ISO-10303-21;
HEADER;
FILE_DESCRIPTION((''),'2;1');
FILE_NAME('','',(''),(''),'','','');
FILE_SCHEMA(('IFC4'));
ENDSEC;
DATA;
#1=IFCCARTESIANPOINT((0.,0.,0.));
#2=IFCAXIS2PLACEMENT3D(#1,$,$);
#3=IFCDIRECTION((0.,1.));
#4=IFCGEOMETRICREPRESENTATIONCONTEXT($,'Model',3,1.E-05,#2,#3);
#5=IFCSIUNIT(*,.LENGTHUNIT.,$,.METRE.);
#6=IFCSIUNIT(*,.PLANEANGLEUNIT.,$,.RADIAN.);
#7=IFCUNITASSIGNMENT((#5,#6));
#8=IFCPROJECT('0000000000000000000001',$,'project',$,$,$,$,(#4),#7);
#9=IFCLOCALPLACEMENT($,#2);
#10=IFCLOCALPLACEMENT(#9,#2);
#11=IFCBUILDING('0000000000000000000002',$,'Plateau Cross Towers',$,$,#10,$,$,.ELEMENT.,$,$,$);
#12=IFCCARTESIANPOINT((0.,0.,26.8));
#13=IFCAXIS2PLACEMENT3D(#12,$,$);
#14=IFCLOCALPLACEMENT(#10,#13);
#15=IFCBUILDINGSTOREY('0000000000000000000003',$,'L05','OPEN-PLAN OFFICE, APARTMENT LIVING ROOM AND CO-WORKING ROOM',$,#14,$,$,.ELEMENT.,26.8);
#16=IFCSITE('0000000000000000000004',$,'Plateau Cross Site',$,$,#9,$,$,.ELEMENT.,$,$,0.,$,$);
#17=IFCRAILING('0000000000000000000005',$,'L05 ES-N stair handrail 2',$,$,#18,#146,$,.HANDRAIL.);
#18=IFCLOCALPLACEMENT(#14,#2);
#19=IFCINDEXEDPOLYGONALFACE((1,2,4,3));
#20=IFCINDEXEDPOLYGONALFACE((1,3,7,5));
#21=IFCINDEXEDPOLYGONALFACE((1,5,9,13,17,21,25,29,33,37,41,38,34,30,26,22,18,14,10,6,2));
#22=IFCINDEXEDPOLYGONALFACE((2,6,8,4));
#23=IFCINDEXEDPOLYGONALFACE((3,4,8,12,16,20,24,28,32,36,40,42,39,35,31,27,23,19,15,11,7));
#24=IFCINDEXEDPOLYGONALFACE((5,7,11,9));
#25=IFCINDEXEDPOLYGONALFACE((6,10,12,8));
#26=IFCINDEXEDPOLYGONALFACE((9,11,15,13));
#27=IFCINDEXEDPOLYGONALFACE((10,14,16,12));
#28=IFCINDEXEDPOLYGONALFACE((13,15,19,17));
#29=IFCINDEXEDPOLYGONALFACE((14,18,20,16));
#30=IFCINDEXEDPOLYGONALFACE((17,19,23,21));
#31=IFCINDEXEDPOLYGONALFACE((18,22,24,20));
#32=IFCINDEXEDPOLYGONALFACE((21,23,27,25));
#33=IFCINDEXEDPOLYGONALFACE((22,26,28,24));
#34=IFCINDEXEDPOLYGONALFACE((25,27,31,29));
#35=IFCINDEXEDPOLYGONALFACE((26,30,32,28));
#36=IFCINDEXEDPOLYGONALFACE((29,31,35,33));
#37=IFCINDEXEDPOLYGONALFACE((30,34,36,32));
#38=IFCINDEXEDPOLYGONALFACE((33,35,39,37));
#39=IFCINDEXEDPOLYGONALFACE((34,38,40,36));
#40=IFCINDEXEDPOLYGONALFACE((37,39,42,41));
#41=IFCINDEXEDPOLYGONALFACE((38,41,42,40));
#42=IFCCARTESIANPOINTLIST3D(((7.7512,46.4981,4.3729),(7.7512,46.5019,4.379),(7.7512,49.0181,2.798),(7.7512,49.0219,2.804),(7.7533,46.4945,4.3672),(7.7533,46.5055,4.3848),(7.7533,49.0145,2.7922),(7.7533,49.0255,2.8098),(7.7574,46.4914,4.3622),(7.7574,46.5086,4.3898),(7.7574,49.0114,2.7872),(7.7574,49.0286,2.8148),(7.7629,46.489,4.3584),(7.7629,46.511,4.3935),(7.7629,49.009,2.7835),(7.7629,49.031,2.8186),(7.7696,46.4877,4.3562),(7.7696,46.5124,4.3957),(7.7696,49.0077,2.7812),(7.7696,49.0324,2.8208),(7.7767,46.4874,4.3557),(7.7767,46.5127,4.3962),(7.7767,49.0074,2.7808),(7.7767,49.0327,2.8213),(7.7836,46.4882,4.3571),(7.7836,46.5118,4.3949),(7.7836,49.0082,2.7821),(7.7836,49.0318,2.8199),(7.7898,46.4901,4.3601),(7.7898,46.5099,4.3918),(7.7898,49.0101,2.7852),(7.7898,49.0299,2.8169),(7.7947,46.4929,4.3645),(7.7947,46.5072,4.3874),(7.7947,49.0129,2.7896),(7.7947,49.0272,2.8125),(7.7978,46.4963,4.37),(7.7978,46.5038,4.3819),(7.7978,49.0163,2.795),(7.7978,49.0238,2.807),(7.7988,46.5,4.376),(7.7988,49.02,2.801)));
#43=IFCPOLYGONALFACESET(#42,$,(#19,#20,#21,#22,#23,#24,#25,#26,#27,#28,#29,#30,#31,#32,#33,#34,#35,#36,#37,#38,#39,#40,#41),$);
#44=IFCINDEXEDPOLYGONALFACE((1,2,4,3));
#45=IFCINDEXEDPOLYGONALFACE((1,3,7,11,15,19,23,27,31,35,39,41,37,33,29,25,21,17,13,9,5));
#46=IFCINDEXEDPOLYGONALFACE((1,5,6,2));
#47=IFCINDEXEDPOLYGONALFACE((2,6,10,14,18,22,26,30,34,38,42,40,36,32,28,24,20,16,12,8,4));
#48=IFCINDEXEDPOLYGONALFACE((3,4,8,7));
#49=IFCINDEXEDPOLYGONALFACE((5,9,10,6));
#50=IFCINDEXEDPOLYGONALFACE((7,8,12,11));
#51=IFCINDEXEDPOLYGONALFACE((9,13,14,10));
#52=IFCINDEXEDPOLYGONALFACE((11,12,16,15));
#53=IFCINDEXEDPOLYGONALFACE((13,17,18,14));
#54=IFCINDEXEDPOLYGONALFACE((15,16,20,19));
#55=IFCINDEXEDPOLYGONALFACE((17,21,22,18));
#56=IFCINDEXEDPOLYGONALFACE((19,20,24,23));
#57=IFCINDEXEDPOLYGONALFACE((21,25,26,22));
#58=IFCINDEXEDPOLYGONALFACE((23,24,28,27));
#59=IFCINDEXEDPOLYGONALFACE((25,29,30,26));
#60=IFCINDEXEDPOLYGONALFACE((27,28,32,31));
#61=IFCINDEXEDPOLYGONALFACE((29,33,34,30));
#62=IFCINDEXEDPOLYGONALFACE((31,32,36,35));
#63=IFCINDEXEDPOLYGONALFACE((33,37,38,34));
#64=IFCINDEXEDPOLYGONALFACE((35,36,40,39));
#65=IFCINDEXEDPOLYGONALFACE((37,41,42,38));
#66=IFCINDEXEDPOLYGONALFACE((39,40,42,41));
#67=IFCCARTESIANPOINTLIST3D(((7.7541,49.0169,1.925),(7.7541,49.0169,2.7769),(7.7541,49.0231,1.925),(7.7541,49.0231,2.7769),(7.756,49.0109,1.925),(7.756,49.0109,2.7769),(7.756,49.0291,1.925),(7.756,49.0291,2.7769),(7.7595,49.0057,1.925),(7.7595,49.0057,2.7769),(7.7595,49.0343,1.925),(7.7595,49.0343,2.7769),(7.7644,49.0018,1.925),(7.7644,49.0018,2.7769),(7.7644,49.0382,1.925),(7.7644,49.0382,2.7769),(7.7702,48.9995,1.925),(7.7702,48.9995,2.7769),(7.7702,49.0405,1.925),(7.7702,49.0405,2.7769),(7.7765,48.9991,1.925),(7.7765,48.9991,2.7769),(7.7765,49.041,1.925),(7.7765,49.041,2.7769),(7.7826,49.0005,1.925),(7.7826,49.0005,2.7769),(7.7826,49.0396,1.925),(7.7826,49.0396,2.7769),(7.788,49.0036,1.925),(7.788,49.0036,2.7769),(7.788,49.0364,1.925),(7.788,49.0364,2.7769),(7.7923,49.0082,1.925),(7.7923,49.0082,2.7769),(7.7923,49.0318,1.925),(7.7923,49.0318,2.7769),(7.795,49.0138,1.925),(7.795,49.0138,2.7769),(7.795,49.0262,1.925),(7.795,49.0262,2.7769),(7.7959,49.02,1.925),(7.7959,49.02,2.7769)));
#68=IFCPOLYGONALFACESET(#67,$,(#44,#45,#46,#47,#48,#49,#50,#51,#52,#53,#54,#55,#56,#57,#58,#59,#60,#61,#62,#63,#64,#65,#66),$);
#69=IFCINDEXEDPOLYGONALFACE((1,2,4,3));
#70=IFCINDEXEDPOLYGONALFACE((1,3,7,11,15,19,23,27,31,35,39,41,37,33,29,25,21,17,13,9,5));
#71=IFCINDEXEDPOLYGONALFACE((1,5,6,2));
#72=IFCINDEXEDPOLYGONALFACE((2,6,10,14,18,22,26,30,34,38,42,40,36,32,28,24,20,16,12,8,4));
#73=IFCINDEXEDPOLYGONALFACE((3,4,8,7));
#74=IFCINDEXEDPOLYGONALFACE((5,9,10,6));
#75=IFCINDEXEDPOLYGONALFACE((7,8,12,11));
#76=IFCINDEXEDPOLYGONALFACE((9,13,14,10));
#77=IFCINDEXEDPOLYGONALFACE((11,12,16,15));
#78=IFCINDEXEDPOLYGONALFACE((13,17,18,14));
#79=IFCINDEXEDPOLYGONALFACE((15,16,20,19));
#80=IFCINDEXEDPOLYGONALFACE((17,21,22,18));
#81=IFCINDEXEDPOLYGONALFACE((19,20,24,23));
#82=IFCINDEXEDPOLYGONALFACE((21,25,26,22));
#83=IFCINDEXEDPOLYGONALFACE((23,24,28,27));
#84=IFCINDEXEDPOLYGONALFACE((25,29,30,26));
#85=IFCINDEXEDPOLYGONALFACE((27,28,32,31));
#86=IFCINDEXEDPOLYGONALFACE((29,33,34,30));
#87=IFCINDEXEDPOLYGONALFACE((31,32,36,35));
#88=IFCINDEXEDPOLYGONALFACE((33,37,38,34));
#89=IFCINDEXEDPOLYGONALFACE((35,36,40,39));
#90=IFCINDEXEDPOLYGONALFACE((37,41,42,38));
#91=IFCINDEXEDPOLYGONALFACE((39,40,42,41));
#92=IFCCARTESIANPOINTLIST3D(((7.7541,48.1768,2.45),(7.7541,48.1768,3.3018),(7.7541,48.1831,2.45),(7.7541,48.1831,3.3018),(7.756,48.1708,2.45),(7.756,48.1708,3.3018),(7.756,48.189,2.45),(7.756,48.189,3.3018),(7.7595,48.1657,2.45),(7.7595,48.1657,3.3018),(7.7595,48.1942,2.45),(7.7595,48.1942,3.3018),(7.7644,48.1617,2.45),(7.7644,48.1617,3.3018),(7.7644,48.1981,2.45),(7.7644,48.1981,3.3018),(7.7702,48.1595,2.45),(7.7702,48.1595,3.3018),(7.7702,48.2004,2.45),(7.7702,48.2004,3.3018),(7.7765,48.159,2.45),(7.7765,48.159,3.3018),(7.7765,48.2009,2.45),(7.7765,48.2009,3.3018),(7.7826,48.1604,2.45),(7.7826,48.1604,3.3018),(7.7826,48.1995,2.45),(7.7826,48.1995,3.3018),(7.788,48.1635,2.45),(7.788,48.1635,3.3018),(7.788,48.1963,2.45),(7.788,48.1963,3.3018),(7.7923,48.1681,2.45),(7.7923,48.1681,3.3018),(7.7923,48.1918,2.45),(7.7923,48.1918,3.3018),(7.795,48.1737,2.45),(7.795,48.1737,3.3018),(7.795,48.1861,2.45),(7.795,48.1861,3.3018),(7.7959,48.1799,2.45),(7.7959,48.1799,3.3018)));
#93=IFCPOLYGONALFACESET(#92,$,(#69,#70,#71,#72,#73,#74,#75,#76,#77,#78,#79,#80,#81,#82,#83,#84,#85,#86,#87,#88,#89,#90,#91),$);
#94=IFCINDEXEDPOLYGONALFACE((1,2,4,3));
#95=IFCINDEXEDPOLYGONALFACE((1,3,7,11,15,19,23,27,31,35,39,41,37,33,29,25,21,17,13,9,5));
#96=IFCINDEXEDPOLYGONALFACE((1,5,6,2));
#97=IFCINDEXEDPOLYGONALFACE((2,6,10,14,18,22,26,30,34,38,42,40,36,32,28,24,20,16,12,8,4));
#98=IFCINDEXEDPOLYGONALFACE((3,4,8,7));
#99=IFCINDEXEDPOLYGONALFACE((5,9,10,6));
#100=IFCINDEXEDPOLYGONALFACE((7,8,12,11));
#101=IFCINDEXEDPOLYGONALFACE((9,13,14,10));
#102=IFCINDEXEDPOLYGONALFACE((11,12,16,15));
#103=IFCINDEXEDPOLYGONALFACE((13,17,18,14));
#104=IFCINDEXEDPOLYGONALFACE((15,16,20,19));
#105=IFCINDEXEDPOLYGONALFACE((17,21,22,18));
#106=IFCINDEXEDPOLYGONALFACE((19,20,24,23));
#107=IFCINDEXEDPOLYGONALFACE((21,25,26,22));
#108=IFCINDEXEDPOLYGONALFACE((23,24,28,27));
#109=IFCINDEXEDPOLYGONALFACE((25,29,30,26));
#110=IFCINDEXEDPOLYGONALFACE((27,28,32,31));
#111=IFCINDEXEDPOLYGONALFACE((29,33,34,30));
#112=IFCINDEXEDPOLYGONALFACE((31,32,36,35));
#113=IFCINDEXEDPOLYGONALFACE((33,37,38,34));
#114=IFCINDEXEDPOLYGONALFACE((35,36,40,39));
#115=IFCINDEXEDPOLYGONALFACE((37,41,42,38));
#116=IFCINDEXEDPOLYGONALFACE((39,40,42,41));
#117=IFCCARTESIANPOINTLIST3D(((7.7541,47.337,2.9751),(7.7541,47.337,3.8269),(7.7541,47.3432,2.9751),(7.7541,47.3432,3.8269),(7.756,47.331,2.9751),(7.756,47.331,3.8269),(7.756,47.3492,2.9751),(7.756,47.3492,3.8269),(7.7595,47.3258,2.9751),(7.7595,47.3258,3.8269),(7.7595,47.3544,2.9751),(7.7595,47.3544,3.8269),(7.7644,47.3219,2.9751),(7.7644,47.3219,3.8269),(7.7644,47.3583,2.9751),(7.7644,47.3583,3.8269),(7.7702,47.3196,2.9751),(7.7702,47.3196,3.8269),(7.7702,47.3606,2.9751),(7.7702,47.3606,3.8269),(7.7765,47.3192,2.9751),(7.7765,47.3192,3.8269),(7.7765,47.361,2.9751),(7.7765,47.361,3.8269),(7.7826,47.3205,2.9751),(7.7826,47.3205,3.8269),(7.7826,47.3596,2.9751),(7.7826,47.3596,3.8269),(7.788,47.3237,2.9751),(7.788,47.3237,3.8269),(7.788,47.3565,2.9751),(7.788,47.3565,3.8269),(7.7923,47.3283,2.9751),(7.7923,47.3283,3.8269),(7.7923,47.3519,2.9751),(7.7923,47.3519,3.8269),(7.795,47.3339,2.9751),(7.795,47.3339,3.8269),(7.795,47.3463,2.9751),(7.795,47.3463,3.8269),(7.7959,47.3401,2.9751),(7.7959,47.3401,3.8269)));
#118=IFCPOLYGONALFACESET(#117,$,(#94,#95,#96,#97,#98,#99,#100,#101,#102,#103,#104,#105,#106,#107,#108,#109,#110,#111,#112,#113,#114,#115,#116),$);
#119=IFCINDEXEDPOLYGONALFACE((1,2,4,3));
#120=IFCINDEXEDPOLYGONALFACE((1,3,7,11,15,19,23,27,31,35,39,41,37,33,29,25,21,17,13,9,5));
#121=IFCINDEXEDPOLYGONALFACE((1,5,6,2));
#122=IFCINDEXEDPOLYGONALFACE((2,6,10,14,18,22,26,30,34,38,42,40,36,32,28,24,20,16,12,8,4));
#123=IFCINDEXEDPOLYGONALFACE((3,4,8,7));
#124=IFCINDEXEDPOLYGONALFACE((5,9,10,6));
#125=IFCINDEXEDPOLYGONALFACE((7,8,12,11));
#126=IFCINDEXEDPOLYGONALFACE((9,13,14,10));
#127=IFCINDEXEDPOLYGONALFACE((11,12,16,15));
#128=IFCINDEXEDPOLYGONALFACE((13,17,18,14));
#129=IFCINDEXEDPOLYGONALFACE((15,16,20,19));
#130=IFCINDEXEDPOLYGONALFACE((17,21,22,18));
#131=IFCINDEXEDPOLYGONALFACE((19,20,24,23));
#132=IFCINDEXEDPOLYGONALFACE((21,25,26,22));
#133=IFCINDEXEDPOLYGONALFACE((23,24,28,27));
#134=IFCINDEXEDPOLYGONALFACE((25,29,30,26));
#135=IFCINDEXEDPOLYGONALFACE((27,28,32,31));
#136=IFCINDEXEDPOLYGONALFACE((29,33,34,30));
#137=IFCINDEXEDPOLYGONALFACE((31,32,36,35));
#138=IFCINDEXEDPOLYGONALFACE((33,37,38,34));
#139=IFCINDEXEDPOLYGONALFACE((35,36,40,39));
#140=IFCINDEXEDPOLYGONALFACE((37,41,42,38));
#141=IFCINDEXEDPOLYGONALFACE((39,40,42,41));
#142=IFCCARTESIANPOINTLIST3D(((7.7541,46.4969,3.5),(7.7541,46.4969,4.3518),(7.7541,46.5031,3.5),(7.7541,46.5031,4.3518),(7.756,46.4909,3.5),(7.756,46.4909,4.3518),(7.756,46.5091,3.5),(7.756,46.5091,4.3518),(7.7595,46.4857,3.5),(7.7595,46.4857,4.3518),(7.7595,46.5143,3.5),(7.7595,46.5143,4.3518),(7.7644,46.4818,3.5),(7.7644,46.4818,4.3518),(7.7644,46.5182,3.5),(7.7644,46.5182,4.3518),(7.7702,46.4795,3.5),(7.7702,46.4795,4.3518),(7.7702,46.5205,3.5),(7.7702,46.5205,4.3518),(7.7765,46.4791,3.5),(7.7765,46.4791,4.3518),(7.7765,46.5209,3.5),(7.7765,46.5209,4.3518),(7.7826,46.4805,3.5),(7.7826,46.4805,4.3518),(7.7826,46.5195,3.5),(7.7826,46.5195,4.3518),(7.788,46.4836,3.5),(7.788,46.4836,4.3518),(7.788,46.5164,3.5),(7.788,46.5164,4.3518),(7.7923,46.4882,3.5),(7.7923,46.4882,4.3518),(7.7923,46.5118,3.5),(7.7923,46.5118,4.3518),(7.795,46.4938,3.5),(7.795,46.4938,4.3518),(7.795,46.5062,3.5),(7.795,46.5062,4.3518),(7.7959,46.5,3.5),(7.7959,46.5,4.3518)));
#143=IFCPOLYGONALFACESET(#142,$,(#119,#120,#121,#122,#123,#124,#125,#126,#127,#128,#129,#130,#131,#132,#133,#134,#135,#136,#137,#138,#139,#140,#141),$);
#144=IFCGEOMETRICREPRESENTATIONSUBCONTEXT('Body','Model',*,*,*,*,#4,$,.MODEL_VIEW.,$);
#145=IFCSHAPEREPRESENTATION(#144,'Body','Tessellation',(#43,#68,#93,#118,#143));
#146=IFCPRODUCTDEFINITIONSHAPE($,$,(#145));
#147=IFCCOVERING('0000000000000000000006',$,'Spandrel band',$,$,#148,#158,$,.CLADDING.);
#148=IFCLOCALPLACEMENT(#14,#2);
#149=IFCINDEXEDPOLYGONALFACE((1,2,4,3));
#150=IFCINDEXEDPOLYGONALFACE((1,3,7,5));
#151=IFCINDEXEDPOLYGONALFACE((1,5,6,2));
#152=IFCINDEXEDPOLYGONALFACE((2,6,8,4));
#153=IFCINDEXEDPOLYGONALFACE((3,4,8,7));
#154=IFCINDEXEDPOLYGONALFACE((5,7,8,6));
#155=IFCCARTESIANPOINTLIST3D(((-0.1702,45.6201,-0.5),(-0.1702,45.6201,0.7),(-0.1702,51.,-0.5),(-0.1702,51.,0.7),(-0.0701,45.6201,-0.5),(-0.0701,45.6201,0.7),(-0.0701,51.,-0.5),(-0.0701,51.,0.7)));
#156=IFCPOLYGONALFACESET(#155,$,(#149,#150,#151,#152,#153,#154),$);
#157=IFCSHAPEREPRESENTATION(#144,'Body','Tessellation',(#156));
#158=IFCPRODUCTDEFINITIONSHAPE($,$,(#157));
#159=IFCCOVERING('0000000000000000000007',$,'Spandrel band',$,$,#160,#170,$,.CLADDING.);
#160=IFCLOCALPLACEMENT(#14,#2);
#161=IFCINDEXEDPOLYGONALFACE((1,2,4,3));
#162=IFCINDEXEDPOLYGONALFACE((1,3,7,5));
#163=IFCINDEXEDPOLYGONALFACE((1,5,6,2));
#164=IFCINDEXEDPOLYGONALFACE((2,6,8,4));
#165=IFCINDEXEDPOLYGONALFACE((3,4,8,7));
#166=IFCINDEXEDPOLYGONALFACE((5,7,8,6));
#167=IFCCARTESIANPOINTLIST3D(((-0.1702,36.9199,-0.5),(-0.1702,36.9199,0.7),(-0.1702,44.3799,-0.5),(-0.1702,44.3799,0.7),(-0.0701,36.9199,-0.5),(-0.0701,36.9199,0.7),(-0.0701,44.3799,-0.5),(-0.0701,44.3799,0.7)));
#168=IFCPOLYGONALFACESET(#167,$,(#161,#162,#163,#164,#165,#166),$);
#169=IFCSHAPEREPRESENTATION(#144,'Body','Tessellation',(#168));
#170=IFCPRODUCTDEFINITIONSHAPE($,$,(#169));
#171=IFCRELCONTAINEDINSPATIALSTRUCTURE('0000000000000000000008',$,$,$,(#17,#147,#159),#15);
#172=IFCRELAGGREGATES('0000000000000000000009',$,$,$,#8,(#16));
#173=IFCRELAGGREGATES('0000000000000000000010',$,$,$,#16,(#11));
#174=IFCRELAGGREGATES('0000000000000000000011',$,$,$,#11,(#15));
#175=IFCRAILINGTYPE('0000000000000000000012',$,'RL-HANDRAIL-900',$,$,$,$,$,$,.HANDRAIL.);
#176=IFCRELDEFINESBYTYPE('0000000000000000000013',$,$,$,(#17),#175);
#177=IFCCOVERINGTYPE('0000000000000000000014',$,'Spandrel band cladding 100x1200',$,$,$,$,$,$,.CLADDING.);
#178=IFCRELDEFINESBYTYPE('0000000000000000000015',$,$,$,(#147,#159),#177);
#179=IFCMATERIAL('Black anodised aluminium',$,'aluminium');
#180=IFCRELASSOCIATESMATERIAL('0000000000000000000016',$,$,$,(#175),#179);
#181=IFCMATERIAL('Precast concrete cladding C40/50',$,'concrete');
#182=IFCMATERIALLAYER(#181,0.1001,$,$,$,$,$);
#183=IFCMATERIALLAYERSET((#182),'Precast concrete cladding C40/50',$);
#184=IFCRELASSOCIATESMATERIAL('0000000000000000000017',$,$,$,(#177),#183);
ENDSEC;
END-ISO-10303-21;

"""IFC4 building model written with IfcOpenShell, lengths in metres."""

from ifc_helpers import new_model, si_unit, direction, frame, origin, origin_2d, place, context, subcontext, project, spatial, rectangle, circle, extrude, material, layer, layer_set, type_object, element, save


model = new_model("IFC4")

# Units and contexts
model_context = context("Model", 3, precision=1e-05, world=origin(), true_north=direction((0.0, 1.0)))
body_context = subcontext(model_context, "Body", "Model", "MODEL_VIEW")
ifc_project = project(units=[si_unit("LENGTHUNIT", "METRE"), si_unit("PLANEANGLEUNIT", "RADIAN")], contexts=[model_context])

# Site, building, storey
site_placement = place(None, origin())
site = spatial("IfcSite", under=ifc_project, at=site_placement, Name="Plateau Cross Site", CompositionType="ELEMENT", RefElevation=0.0)
building_placement = place(site_placement, origin())
building = spatial("IfcBuilding", under=site, at=building_placement, Name="Plateau Cross Towers", CompositionType="ELEMENT")
storey_placement = place(building_placement, frame((0.0, 0.0, 26.8)))
storey = spatial("IfcBuildingStorey", under=building, at=storey_placement, Name="L05", Description="OPEN-PLAN OFFICE, APARTMENT LIVING ROOM AND CO-WORKING ROOM", CompositionType="ELEMENT", Elevation=26.8)

# Shared definitions
ifc_material_1 = material(Name="Black anodised aluminium", Category="aluminium")

# Railing
railing_type_1 = type_object("IfcRailingType", Name="RL-HANDRAIL-900", PredefinedType="HANDRAIL", material=ifc_material_1)
railing_1_placement = place(storey_placement, frame((7.7749, 49.02, 1.925)))
element("IfcRailing", 1, at=railing_1_placement, inside=storey, type_object=railing_type_1, Name="L05 ES-N stair handrail 2", PredefinedType="HANDRAIL", context=body_context, shape_type="SweptSolid", body=[
    extrude(circle(Radius=0.0239, at=origin_2d()), frame((0.0, 0.0, 0.876), z_axis=(0.0, -0.848008, 0.529984), x_axis=(1.0, 0.0, 0.0)), (0.0, 0.0, 1.0), 2.9717),
    extrude(circle(Radius=0.021, at=origin_2d()), origin(), (0.0, 0.0, 1.0), 0.8518),
    extrude(circle(Radius=0.021, at=origin_2d()), frame((0.0, -0.8401, 0.5249)), (0.0, 0.0, 1.0), 0.8518),
    extrude(circle(Radius=0.021, at=origin_2d()), frame((0.0, -1.6799, 1.05)), (0.0, 0.0, 1.0), 0.8518),
    extrude(circle(Radius=0.021, at=origin_2d()), frame((0.0, -2.52, 1.575)), (0.0, 0.0, 1.0), 0.8518),
])

# Coverings
ifc_material_2 = material(Name="Precast concrete cladding C40/50", Category="concrete")
ifc_layer_1 = layer(ifc_material_2, 0.1001)
ifc_layer_set_1 = layer_set([ifc_layer_1], Name="Precast concrete cladding C40/50")
covering_type = type_object("IfcCoveringType", Name="Spandrel band cladding 100x1200", PredefinedType="CLADDING", material=ifc_layer_set_1)
covering_1_placement = place(storey_placement, frame((-0.1201, 48.3101, -0.5), z_axis=(0.0, 0.0, 1.0), x_axis=(0.0, -1.0, 0.0)))
element("IfcCovering", 2, at=covering_1_placement, inside=storey, type_object=covering_type, Name="Spandrel band", PredefinedType="CLADDING", context=body_context, shape_type="SweptSolid", body=[
    extrude(rectangle(XDim=5.3799, YDim=0.1001, at=origin_2d()), origin(), (0.0, 0.0, 1.0), 1.2),
])
covering_2_placement = place(storey_placement, frame((-0.1201, 40.6499, -0.5), z_axis=(0.0, 0.0, 1.0), x_axis=(0.0, -1.0, 0.0)))
element("IfcCovering", 3, at=covering_2_placement, inside=storey, type_object=covering_type, Name="Spandrel band", PredefinedType="CLADDING", context=body_context, shape_type="SweptSolid", body=[
    extrude(rectangle(XDim=7.46, YDim=0.1001, at=origin_2d()), origin(), (0.0, 0.0, 1.0), 1.2),
])

save(model, "model.ifc")
